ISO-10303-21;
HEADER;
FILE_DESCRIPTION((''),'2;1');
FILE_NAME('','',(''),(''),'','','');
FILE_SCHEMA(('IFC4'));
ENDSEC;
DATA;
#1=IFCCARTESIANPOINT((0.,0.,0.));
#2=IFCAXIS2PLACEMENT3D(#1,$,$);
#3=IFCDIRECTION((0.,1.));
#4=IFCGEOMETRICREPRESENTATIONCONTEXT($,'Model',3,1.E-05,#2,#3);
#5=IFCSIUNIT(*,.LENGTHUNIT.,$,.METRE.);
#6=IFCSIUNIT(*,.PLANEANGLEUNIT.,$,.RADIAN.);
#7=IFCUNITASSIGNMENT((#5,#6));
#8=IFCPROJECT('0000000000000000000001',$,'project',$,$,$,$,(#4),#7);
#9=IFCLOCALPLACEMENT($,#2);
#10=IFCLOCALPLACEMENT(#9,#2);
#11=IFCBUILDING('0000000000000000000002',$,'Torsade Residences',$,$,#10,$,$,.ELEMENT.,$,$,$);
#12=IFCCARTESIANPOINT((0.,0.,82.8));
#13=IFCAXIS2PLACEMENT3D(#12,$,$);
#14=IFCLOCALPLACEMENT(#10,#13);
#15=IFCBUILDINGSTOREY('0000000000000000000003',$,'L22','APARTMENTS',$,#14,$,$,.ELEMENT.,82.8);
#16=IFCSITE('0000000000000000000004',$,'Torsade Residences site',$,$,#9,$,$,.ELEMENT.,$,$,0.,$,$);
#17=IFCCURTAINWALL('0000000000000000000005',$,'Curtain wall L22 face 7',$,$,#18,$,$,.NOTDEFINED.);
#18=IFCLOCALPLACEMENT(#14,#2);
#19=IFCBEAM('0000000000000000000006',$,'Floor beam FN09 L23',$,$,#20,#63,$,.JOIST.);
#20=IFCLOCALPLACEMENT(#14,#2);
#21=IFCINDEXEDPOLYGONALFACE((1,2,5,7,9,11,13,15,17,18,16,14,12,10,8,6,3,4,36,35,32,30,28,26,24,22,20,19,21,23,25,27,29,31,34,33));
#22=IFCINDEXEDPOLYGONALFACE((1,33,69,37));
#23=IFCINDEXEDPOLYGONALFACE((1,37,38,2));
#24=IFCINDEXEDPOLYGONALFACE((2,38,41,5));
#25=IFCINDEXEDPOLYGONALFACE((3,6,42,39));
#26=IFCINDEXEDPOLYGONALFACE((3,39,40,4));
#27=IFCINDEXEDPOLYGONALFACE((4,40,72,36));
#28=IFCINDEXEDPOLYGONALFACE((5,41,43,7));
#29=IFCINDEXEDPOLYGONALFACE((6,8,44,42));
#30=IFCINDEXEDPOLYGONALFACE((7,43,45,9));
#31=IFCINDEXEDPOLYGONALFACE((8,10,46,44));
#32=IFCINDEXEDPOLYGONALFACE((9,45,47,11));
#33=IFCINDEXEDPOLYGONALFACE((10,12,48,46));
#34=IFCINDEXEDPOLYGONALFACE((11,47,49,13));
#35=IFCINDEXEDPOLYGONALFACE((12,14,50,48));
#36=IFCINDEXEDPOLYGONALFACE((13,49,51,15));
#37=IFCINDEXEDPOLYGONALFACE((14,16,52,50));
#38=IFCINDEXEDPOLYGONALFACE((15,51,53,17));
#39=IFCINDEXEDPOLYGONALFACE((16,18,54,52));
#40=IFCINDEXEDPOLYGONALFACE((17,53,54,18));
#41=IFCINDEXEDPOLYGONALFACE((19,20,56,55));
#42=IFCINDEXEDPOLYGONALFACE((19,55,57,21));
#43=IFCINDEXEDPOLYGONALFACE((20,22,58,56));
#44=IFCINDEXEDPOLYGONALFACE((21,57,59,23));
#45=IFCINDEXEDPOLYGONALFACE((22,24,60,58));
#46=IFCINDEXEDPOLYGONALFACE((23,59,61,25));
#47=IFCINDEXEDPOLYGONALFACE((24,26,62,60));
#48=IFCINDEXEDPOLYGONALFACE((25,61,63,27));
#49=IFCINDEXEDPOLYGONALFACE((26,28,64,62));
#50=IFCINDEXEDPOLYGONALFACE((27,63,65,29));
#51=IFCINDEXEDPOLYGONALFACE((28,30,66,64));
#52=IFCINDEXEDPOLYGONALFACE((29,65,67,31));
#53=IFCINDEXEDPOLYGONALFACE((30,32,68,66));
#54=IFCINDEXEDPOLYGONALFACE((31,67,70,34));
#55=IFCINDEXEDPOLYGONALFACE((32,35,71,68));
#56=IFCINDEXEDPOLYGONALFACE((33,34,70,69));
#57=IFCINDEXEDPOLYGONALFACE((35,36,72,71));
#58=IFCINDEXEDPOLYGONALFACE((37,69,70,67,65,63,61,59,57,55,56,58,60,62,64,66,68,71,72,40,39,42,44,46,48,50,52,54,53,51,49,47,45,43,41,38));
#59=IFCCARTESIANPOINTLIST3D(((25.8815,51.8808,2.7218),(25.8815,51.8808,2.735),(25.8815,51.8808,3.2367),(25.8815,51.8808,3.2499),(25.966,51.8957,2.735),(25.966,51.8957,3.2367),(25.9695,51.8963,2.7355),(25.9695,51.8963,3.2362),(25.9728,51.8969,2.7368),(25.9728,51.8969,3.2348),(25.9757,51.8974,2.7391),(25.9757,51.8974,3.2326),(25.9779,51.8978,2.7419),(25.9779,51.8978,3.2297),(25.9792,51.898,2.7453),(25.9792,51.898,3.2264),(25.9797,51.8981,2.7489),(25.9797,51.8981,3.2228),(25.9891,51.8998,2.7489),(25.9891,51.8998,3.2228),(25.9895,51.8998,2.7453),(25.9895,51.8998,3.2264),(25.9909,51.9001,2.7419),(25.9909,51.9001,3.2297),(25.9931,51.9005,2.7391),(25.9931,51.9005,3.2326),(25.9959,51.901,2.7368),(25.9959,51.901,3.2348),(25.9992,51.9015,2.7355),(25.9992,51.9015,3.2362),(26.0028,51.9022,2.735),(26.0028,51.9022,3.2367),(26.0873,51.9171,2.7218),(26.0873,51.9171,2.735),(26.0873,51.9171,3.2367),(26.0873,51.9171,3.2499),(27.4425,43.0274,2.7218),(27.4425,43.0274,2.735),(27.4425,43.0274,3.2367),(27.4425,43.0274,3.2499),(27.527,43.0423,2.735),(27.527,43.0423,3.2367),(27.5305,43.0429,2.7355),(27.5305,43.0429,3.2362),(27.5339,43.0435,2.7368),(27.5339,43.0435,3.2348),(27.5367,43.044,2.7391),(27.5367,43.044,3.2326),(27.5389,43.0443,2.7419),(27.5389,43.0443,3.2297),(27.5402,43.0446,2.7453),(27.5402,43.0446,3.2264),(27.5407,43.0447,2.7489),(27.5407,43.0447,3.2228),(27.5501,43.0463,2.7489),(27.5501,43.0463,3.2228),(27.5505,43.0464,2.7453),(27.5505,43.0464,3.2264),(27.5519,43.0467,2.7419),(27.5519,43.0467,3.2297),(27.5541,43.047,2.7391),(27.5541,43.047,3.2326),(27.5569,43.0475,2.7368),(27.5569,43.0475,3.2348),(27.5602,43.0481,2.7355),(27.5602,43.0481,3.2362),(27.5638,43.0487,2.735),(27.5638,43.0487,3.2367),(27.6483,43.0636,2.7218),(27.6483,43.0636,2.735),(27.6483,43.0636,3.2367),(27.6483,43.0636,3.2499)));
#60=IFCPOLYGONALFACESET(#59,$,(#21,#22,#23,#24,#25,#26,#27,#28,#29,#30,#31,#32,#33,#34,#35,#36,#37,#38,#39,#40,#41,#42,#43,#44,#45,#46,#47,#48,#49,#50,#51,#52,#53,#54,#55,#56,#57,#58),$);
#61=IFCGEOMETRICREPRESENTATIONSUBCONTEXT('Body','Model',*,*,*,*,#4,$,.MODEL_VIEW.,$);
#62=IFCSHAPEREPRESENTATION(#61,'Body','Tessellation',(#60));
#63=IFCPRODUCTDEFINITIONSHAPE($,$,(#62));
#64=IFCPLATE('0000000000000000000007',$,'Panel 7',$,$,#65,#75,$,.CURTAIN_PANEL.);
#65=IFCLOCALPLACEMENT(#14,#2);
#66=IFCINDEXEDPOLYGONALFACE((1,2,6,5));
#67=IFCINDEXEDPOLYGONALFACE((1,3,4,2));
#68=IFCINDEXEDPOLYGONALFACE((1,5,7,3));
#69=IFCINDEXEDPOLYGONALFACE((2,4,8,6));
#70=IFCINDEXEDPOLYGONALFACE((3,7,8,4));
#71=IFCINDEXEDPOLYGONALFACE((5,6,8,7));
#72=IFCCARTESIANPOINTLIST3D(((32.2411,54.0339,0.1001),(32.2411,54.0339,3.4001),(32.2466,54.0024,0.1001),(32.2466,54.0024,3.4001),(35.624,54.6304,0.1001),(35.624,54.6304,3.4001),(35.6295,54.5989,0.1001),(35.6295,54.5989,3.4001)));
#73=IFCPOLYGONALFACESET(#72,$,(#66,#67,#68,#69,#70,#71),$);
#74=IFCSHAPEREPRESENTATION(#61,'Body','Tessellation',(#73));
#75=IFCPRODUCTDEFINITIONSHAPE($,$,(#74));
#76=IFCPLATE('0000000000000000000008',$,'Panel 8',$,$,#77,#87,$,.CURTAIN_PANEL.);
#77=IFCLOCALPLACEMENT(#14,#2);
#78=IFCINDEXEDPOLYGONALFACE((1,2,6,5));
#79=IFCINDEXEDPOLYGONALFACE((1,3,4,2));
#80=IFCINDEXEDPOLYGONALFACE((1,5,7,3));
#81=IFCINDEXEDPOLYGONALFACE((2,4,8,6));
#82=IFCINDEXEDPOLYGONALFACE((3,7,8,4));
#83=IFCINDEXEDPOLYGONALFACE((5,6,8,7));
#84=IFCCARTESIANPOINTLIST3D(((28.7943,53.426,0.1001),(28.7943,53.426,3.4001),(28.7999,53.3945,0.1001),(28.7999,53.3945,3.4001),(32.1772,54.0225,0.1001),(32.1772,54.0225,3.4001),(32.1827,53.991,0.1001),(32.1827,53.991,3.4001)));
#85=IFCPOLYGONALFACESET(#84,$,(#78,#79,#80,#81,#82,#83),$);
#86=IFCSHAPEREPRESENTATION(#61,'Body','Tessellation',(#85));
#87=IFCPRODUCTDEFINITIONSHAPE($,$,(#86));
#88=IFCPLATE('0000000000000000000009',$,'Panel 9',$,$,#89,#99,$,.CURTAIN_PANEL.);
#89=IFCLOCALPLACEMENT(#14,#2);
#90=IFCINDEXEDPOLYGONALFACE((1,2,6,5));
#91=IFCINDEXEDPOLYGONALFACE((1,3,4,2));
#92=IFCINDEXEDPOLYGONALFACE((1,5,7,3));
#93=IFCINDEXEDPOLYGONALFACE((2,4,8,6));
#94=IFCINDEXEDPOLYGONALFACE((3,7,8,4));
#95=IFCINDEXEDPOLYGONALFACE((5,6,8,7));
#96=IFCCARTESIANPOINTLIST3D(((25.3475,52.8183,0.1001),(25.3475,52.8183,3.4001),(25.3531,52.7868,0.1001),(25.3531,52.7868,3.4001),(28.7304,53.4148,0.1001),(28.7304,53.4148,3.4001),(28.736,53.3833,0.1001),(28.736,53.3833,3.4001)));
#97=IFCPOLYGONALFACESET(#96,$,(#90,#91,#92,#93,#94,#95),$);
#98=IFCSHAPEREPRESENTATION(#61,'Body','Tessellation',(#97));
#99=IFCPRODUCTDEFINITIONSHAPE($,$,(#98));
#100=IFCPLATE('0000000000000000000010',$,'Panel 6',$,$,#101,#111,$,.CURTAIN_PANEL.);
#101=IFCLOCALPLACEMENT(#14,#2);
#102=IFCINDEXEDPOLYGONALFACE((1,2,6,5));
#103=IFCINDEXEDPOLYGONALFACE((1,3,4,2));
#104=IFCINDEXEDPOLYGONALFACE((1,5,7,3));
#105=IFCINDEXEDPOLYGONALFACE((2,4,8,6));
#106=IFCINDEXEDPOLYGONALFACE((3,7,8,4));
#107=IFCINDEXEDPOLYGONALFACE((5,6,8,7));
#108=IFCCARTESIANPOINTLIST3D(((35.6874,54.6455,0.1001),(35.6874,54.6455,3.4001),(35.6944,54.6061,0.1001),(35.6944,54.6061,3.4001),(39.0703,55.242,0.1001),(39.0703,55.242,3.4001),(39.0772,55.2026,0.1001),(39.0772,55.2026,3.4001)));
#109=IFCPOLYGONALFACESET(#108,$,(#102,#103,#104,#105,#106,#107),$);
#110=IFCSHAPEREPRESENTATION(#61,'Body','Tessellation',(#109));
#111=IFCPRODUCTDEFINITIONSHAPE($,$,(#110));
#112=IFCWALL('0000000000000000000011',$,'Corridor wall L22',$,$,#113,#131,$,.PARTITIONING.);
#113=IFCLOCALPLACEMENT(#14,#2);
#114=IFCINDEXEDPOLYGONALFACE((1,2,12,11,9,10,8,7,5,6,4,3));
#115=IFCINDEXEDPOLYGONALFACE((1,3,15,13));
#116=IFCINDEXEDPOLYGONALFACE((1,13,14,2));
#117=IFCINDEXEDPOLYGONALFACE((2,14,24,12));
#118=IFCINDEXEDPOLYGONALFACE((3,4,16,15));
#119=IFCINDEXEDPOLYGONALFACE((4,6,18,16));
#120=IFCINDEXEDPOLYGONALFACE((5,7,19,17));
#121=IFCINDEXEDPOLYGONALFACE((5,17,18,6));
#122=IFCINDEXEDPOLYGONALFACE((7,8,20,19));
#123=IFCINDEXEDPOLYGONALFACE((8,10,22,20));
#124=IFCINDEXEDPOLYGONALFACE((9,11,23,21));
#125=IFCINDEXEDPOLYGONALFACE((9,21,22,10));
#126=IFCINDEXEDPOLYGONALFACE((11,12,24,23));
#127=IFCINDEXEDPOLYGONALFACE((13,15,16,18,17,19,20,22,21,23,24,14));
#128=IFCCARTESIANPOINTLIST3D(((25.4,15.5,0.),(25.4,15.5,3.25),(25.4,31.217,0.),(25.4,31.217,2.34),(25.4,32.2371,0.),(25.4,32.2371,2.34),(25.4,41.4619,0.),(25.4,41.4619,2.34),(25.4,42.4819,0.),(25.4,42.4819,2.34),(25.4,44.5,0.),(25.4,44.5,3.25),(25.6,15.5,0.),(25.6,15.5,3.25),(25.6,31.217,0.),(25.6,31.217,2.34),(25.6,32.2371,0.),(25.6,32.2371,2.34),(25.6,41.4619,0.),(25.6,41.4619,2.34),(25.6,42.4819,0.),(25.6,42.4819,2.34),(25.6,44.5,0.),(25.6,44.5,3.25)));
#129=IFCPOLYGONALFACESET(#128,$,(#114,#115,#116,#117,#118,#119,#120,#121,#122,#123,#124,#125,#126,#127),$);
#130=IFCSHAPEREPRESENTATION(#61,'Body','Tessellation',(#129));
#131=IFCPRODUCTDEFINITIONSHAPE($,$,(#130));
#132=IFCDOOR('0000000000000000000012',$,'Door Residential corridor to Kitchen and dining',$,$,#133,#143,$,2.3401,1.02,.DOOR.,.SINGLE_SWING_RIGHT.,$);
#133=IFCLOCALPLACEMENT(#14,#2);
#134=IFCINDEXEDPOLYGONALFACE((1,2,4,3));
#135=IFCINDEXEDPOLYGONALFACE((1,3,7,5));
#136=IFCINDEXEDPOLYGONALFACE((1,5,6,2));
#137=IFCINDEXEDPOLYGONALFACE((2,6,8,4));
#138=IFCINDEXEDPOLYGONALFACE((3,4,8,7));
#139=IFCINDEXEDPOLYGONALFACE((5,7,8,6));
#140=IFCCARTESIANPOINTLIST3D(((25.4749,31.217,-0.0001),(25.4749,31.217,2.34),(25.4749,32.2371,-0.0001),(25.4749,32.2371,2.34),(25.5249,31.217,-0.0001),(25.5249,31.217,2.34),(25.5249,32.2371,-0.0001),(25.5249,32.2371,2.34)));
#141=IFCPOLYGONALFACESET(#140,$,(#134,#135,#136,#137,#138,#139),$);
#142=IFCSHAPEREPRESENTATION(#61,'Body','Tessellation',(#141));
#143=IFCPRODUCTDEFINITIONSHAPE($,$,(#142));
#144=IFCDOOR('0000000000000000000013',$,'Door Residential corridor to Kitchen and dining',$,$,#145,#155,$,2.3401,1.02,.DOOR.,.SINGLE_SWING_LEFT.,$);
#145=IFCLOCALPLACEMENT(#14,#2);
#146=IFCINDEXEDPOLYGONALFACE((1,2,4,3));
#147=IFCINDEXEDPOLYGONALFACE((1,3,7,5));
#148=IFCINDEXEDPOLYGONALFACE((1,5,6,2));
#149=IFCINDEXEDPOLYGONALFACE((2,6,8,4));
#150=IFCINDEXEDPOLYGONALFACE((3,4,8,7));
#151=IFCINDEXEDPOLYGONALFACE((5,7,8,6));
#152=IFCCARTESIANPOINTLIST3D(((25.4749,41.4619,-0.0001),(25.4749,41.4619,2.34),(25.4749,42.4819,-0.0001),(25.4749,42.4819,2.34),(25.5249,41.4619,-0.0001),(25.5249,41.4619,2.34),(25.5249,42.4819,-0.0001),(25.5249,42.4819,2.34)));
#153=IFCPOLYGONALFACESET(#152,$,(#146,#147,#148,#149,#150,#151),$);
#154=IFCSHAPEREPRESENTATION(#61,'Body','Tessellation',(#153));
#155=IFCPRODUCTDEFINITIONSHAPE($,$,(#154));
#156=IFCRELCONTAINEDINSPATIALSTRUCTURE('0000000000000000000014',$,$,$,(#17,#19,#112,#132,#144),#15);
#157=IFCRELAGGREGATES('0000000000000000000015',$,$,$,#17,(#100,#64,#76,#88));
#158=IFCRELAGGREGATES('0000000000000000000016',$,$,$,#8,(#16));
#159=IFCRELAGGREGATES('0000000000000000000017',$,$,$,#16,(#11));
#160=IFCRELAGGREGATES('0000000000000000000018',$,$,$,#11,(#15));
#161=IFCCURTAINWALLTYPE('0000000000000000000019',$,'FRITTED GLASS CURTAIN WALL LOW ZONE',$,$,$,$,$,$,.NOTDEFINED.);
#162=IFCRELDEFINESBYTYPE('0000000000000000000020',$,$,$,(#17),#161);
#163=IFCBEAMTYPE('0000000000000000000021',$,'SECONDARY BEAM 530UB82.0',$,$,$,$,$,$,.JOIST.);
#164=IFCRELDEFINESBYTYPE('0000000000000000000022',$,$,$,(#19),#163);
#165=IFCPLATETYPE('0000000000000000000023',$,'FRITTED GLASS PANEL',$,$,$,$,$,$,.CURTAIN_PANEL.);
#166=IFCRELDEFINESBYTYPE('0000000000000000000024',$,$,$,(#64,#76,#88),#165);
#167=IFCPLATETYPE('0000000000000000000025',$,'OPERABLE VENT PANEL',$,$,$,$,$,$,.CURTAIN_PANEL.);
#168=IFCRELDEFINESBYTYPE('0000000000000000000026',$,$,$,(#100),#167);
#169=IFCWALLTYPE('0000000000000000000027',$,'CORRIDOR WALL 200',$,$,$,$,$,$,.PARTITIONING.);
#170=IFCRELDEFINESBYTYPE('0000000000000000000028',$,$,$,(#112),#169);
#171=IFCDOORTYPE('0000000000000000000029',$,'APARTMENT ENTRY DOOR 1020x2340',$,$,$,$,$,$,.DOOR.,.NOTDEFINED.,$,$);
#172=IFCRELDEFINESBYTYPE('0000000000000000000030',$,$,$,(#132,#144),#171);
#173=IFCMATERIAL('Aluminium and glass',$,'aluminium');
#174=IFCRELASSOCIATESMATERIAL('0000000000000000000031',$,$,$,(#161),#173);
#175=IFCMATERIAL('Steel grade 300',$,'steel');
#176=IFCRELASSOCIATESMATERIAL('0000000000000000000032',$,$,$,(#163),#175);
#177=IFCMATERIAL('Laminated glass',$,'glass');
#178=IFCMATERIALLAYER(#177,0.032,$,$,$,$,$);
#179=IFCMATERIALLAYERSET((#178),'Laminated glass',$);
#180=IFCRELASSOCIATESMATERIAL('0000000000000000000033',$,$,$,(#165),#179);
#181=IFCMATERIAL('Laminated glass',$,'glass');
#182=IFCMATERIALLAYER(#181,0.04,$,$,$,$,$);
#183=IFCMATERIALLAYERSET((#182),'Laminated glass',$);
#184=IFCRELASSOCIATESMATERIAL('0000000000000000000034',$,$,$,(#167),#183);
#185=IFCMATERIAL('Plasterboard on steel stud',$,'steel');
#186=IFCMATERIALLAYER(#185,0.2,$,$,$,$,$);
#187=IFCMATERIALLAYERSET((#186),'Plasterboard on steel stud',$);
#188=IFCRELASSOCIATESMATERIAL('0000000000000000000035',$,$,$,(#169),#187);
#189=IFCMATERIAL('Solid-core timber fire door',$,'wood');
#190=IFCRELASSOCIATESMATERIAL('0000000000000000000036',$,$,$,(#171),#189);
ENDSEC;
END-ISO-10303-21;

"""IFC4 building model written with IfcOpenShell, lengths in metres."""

from ifc_helpers import new_model, si_unit, direction, frame, frame_2d, origin, origin_2d, place, context, subcontext, project, spatial, rectangle, i_section, extrude, material, layer, layer_set, material_profile, profile_set, type_object, element, fill, aggregate, save


model = new_model("IFC4")

# Units and contexts
model_context = context("Model", 3, precision=1e-05, world=origin(), true_north=direction((0.0, 1.0)))
body_context = subcontext(model_context, "Body", "Model", "MODEL_VIEW")
ifc_project = project(units=[si_unit("LENGTHUNIT", "METRE"), si_unit("PLANEANGLEUNIT", "RADIAN")], contexts=[model_context])

# Site, building, storey
site_placement = place(None, origin())
site = spatial("IfcSite", under=ifc_project, at=site_placement, Name="Torsade Residences site", CompositionType="ELEMENT", RefElevation=0.0)
building_placement = place(site_placement, origin())
building = spatial("IfcBuilding", under=site, at=building_placement, Name="Torsade Residences", CompositionType="ELEMENT")
storey_placement = place(building_placement, frame((0.0, 0.0, 82.8)))
storey = spatial("IfcBuildingStorey", under=building, at=storey_placement, Name="L22", Description="APARTMENTS", CompositionType="ELEMENT", Elevation=82.8)

# Curtain wall
ifc_material_1 = material(Name="Aluminium and glass", Category="aluminium")
curtain_wall_type = type_object("IfcCurtainWallType", Name="FRITTED GLASS CURTAIN WALL LOW ZONE", PredefinedType="NOTDEFINED", material=ifc_material_1)
curtain_wall_placement = place(storey_placement, origin())
curtain_wall = element("IfcCurtainWall", 1, at=curtain_wall_placement, inside=storey, type_object=curtain_wall_type, Name="Curtain wall L22 face 7", PredefinedType="NOTDEFINED")

# Beam
ifc_material_2 = material(Name="Steel grade 300", Category="steel")
ifc_material_profile_1 = material_profile(ifc_material_2, i_section(OverallWidth=0.209, OverallDepth=0.5281, WebThickness=0.0095, FlangeThickness=0.0132, FilletRadius=0.0139, at=origin_2d()), Name="530UB82.0")
ifc_profile_set_1 = profile_set([ifc_material_profile_1], Name="Steel grade 300")
beam_type_1 = type_object("IfcBeamType", Name="SECONDARY BEAM 530UB82.0", PredefinedType="JOIST", material=ifc_profile_set_1)
beam_1_placement = place(storey_placement, frame((25.9844, 51.8989, 2.9858), z_axis=(0.17364, -0.984809, 0.0), x_axis=(0.984809, 0.17364, 0.0)))
element("IfcBeam", 2, at=beam_1_placement, inside=storey, type_object=beam_type_1, Name="Floor beam FN09 L23", PredefinedType="JOIST", context=body_context, shape_type="SweptSolid", body=[
    extrude(i_section(OverallWidth=0.209, OverallDepth=0.5281, WebThickness=0.0095, FlangeThickness=0.0132, FilletRadius=0.0139, at=origin_2d()), origin(), (0.0, 0.0, 1.0), 8.99),
])

# Plates
ifc_material_3 = material(Name="Laminated glass", Category="glass")
ifc_layer_1 = layer(ifc_material_3, 0.032)
ifc_layer_set_1 = layer_set([ifc_layer_1], Name="Laminated glass")
plate_type_1 = type_object("IfcPlateType", Name="FRITTED GLASS PANEL", PredefinedType="CURTAIN_PANEL", material=ifc_layer_set_1)
plate_1_placement = place(storey_placement, frame((33.9353, 54.3164, 0.1001), z_axis=(0.0, 0.0, 1.0), x_axis=(-0.984808, -0.173648, 0.0)))
plate_1 = element("IfcPlate", 3, at=plate_1_placement, type_object=plate_type_1, Name="Panel 7", PredefinedType="CURTAIN_PANEL", context=body_context, shape_type="SweptSolid", body=[
    extrude(rectangle(XDim=3.4351, YDim=0.032, at=origin_2d()), origin(), (0.0, 0.0, 1.0), 3.3),
])
plate_2_placement = place(storey_placement, frame((30.4885, 53.7085, 0.1001), z_axis=(0.0, 0.0, 1.0), x_axis=(-0.984808, -0.173648, 0.0)))
plate_2 = element("IfcPlate", 4, at=plate_2_placement, type_object=plate_type_1, Name="Panel 8", PredefinedType="CURTAIN_PANEL", context=body_context, shape_type="SweptSolid", body=[
    extrude(rectangle(XDim=3.4351, YDim=0.032, at=origin_2d()), origin(), (0.0, 0.0, 1.0), 3.3),
])
plate_3_placement = place(storey_placement, frame((27.0417, 53.1008, 0.1001), z_axis=(0.0, 0.0, 1.0), x_axis=(-0.984808, -0.173648, 0.0)))
plate_3 = element("IfcPlate", 5, at=plate_3_placement, type_object=plate_type_1, Name="Panel 9", PredefinedType="CURTAIN_PANEL", context=body_context, shape_type="SweptSolid", body=[
    extrude(rectangle(XDim=3.4351, YDim=0.032, at=origin_2d()), origin(), (0.0, 0.0, 1.0), 3.3),
])
ifc_material_4 = material(Name="Laminated glass", Category="glass")
ifc_layer_2 = layer(ifc_material_4, 0.04)
ifc_layer_set_2 = layer_set([ifc_layer_2], Name="Laminated glass")
plate_type_2 = type_object("IfcPlateType", Name="OPERABLE VENT PANEL", PredefinedType="CURTAIN_PANEL", material=ifc_layer_set_2)
plate_4_placement = place(storey_placement, frame((37.3823, 54.9241, 0.1001), z_axis=(0.0, 0.0, 1.0), x_axis=(-0.984808, -0.173648, 0.0)))
plate_4 = element("IfcPlate", 6, at=plate_4_placement, type_object=plate_type_2, Name="Panel 6", PredefinedType="CURTAIN_PANEL", context=body_context, shape_type="SweptSolid", body=[
    extrude(rectangle(XDim=3.4351, YDim=0.04, at=origin_2d()), origin(), (0.0, 0.0, 1.0), 3.3),
])
aggregate(curtain_wall, [plate_4, plate_1, plate_2, plate_3])

# Wall, openings, doors
ifc_material_5 = material(Name="Plasterboard on steel stud", Category="steel")
ifc_layer_3 = layer(ifc_material_5, 0.2)
ifc_layer_set_3 = layer_set([ifc_layer_3], Name="Plasterboard on steel stud")
wall_type_1 = type_object("IfcWallType", Name="CORRIDOR WALL 200", PredefinedType="PARTITIONING", material=ifc_layer_set_3)
wall_1_placement = place(storey_placement, frame((25.5, 44.5, 0.0), z_axis=(0.0, 0.0, 1.0), x_axis=(0.0, -1.0, 0.0)))
wall_1 = element("IfcWall", 7, at=wall_1_placement, inside=storey, type_object=wall_type_1, Name="Corridor wall L22", PredefinedType="PARTITIONING", context=body_context, shape_type="SweptSolid", body=[
    extrude(rectangle(XDim=29.0, YDim=0.2, at=frame_2d((14.5, 0.0))), origin(), (0.0, 0.0, 1.0), 3.25),
])
opening_1_placement = place(wall_1_placement, frame((12.2629, 0.0, 0.0)))
opening_1 = element("IfcOpeningElement", 8, at=opening_1_placement, cuts=wall_1, PredefinedType="OPENING", context=body_context, shape_type="SweptSolid", body=[
    extrude(rectangle(XDim=1.02, YDim=2.3401, at=frame_2d((0.51, 1.1699))), frame((0.0, 0.1099, 0.0), z_axis=(0.0, -1.0, 0.0), x_axis=(1.0, 0.0, 0.0)), (0.0, 0.0, 1.0), 0.22),
])
opening_2_placement = place(wall_1_placement, frame((2.0181, 0.0, 0.0)))
opening_2 = element("IfcOpeningElement", 9, at=opening_2_placement, cuts=wall_1, PredefinedType="OPENING", context=body_context, shape_type="SweptSolid", body=[
    extrude(rectangle(XDim=1.02, YDim=2.3401, at=frame_2d((0.51, 1.1699))), frame((0.0, 0.1099, 0.0), z_axis=(0.0, -1.0, 0.0), x_axis=(1.0, 0.0, 0.0)), (0.0, 0.0, 1.0), 0.22),
])
ifc_material_6 = material(Name="Solid-core timber fire door", Category="wood")
door_type_1 = type_object("IfcDoorType", Name="APARTMENT ENTRY DOOR 1020x2340", OperationType="NOTDEFINED", PredefinedType="DOOR", material=ifc_material_6)
door_1_placement = place(opening_1_placement, origin())
door_1 = element("IfcDoor", 10, at=door_1_placement, inside=storey, type_object=door_type_1, Name="Door Residential corridor to Kitchen and dining", OperationType="SINGLE_SWING_RIGHT", OverallHeight=2.3401, OverallWidth=1.02, PredefinedType="DOOR", context=body_context, shape_type="SweptSolid", body=[
    extrude(rectangle(XDim=1.02, YDim=2.3401, at=frame_2d((0.51, 1.1699))), frame((0.0, 0.0249, 0.0), z_axis=(0.0, -1.0, 0.0), x_axis=(1.0, 0.0, 0.0)), (0.0, 0.0, 1.0), 0.05),
])
fill(opening_1, door_1)
door_2_placement = place(opening_2_placement, origin())
door_2 = element("IfcDoor", 11, at=door_2_placement, inside=storey, type_object=door_type_1, Name="Door Residential corridor to Kitchen and dining", OperationType="SINGLE_SWING_LEFT", OverallHeight=2.3401, OverallWidth=1.02, PredefinedType="DOOR", context=body_context, shape_type="SweptSolid", body=[
    extrude(rectangle(XDim=1.02, YDim=2.3401, at=frame_2d((0.51, 1.1699))), frame((0.0, 0.0249, 0.0), z_axis=(0.0, -1.0, 0.0), x_axis=(1.0, 0.0, 0.0)), (0.0, 0.0, 1.0), 0.05),
])
fill(opening_2, door_2)

save(model, "model.ifc")
